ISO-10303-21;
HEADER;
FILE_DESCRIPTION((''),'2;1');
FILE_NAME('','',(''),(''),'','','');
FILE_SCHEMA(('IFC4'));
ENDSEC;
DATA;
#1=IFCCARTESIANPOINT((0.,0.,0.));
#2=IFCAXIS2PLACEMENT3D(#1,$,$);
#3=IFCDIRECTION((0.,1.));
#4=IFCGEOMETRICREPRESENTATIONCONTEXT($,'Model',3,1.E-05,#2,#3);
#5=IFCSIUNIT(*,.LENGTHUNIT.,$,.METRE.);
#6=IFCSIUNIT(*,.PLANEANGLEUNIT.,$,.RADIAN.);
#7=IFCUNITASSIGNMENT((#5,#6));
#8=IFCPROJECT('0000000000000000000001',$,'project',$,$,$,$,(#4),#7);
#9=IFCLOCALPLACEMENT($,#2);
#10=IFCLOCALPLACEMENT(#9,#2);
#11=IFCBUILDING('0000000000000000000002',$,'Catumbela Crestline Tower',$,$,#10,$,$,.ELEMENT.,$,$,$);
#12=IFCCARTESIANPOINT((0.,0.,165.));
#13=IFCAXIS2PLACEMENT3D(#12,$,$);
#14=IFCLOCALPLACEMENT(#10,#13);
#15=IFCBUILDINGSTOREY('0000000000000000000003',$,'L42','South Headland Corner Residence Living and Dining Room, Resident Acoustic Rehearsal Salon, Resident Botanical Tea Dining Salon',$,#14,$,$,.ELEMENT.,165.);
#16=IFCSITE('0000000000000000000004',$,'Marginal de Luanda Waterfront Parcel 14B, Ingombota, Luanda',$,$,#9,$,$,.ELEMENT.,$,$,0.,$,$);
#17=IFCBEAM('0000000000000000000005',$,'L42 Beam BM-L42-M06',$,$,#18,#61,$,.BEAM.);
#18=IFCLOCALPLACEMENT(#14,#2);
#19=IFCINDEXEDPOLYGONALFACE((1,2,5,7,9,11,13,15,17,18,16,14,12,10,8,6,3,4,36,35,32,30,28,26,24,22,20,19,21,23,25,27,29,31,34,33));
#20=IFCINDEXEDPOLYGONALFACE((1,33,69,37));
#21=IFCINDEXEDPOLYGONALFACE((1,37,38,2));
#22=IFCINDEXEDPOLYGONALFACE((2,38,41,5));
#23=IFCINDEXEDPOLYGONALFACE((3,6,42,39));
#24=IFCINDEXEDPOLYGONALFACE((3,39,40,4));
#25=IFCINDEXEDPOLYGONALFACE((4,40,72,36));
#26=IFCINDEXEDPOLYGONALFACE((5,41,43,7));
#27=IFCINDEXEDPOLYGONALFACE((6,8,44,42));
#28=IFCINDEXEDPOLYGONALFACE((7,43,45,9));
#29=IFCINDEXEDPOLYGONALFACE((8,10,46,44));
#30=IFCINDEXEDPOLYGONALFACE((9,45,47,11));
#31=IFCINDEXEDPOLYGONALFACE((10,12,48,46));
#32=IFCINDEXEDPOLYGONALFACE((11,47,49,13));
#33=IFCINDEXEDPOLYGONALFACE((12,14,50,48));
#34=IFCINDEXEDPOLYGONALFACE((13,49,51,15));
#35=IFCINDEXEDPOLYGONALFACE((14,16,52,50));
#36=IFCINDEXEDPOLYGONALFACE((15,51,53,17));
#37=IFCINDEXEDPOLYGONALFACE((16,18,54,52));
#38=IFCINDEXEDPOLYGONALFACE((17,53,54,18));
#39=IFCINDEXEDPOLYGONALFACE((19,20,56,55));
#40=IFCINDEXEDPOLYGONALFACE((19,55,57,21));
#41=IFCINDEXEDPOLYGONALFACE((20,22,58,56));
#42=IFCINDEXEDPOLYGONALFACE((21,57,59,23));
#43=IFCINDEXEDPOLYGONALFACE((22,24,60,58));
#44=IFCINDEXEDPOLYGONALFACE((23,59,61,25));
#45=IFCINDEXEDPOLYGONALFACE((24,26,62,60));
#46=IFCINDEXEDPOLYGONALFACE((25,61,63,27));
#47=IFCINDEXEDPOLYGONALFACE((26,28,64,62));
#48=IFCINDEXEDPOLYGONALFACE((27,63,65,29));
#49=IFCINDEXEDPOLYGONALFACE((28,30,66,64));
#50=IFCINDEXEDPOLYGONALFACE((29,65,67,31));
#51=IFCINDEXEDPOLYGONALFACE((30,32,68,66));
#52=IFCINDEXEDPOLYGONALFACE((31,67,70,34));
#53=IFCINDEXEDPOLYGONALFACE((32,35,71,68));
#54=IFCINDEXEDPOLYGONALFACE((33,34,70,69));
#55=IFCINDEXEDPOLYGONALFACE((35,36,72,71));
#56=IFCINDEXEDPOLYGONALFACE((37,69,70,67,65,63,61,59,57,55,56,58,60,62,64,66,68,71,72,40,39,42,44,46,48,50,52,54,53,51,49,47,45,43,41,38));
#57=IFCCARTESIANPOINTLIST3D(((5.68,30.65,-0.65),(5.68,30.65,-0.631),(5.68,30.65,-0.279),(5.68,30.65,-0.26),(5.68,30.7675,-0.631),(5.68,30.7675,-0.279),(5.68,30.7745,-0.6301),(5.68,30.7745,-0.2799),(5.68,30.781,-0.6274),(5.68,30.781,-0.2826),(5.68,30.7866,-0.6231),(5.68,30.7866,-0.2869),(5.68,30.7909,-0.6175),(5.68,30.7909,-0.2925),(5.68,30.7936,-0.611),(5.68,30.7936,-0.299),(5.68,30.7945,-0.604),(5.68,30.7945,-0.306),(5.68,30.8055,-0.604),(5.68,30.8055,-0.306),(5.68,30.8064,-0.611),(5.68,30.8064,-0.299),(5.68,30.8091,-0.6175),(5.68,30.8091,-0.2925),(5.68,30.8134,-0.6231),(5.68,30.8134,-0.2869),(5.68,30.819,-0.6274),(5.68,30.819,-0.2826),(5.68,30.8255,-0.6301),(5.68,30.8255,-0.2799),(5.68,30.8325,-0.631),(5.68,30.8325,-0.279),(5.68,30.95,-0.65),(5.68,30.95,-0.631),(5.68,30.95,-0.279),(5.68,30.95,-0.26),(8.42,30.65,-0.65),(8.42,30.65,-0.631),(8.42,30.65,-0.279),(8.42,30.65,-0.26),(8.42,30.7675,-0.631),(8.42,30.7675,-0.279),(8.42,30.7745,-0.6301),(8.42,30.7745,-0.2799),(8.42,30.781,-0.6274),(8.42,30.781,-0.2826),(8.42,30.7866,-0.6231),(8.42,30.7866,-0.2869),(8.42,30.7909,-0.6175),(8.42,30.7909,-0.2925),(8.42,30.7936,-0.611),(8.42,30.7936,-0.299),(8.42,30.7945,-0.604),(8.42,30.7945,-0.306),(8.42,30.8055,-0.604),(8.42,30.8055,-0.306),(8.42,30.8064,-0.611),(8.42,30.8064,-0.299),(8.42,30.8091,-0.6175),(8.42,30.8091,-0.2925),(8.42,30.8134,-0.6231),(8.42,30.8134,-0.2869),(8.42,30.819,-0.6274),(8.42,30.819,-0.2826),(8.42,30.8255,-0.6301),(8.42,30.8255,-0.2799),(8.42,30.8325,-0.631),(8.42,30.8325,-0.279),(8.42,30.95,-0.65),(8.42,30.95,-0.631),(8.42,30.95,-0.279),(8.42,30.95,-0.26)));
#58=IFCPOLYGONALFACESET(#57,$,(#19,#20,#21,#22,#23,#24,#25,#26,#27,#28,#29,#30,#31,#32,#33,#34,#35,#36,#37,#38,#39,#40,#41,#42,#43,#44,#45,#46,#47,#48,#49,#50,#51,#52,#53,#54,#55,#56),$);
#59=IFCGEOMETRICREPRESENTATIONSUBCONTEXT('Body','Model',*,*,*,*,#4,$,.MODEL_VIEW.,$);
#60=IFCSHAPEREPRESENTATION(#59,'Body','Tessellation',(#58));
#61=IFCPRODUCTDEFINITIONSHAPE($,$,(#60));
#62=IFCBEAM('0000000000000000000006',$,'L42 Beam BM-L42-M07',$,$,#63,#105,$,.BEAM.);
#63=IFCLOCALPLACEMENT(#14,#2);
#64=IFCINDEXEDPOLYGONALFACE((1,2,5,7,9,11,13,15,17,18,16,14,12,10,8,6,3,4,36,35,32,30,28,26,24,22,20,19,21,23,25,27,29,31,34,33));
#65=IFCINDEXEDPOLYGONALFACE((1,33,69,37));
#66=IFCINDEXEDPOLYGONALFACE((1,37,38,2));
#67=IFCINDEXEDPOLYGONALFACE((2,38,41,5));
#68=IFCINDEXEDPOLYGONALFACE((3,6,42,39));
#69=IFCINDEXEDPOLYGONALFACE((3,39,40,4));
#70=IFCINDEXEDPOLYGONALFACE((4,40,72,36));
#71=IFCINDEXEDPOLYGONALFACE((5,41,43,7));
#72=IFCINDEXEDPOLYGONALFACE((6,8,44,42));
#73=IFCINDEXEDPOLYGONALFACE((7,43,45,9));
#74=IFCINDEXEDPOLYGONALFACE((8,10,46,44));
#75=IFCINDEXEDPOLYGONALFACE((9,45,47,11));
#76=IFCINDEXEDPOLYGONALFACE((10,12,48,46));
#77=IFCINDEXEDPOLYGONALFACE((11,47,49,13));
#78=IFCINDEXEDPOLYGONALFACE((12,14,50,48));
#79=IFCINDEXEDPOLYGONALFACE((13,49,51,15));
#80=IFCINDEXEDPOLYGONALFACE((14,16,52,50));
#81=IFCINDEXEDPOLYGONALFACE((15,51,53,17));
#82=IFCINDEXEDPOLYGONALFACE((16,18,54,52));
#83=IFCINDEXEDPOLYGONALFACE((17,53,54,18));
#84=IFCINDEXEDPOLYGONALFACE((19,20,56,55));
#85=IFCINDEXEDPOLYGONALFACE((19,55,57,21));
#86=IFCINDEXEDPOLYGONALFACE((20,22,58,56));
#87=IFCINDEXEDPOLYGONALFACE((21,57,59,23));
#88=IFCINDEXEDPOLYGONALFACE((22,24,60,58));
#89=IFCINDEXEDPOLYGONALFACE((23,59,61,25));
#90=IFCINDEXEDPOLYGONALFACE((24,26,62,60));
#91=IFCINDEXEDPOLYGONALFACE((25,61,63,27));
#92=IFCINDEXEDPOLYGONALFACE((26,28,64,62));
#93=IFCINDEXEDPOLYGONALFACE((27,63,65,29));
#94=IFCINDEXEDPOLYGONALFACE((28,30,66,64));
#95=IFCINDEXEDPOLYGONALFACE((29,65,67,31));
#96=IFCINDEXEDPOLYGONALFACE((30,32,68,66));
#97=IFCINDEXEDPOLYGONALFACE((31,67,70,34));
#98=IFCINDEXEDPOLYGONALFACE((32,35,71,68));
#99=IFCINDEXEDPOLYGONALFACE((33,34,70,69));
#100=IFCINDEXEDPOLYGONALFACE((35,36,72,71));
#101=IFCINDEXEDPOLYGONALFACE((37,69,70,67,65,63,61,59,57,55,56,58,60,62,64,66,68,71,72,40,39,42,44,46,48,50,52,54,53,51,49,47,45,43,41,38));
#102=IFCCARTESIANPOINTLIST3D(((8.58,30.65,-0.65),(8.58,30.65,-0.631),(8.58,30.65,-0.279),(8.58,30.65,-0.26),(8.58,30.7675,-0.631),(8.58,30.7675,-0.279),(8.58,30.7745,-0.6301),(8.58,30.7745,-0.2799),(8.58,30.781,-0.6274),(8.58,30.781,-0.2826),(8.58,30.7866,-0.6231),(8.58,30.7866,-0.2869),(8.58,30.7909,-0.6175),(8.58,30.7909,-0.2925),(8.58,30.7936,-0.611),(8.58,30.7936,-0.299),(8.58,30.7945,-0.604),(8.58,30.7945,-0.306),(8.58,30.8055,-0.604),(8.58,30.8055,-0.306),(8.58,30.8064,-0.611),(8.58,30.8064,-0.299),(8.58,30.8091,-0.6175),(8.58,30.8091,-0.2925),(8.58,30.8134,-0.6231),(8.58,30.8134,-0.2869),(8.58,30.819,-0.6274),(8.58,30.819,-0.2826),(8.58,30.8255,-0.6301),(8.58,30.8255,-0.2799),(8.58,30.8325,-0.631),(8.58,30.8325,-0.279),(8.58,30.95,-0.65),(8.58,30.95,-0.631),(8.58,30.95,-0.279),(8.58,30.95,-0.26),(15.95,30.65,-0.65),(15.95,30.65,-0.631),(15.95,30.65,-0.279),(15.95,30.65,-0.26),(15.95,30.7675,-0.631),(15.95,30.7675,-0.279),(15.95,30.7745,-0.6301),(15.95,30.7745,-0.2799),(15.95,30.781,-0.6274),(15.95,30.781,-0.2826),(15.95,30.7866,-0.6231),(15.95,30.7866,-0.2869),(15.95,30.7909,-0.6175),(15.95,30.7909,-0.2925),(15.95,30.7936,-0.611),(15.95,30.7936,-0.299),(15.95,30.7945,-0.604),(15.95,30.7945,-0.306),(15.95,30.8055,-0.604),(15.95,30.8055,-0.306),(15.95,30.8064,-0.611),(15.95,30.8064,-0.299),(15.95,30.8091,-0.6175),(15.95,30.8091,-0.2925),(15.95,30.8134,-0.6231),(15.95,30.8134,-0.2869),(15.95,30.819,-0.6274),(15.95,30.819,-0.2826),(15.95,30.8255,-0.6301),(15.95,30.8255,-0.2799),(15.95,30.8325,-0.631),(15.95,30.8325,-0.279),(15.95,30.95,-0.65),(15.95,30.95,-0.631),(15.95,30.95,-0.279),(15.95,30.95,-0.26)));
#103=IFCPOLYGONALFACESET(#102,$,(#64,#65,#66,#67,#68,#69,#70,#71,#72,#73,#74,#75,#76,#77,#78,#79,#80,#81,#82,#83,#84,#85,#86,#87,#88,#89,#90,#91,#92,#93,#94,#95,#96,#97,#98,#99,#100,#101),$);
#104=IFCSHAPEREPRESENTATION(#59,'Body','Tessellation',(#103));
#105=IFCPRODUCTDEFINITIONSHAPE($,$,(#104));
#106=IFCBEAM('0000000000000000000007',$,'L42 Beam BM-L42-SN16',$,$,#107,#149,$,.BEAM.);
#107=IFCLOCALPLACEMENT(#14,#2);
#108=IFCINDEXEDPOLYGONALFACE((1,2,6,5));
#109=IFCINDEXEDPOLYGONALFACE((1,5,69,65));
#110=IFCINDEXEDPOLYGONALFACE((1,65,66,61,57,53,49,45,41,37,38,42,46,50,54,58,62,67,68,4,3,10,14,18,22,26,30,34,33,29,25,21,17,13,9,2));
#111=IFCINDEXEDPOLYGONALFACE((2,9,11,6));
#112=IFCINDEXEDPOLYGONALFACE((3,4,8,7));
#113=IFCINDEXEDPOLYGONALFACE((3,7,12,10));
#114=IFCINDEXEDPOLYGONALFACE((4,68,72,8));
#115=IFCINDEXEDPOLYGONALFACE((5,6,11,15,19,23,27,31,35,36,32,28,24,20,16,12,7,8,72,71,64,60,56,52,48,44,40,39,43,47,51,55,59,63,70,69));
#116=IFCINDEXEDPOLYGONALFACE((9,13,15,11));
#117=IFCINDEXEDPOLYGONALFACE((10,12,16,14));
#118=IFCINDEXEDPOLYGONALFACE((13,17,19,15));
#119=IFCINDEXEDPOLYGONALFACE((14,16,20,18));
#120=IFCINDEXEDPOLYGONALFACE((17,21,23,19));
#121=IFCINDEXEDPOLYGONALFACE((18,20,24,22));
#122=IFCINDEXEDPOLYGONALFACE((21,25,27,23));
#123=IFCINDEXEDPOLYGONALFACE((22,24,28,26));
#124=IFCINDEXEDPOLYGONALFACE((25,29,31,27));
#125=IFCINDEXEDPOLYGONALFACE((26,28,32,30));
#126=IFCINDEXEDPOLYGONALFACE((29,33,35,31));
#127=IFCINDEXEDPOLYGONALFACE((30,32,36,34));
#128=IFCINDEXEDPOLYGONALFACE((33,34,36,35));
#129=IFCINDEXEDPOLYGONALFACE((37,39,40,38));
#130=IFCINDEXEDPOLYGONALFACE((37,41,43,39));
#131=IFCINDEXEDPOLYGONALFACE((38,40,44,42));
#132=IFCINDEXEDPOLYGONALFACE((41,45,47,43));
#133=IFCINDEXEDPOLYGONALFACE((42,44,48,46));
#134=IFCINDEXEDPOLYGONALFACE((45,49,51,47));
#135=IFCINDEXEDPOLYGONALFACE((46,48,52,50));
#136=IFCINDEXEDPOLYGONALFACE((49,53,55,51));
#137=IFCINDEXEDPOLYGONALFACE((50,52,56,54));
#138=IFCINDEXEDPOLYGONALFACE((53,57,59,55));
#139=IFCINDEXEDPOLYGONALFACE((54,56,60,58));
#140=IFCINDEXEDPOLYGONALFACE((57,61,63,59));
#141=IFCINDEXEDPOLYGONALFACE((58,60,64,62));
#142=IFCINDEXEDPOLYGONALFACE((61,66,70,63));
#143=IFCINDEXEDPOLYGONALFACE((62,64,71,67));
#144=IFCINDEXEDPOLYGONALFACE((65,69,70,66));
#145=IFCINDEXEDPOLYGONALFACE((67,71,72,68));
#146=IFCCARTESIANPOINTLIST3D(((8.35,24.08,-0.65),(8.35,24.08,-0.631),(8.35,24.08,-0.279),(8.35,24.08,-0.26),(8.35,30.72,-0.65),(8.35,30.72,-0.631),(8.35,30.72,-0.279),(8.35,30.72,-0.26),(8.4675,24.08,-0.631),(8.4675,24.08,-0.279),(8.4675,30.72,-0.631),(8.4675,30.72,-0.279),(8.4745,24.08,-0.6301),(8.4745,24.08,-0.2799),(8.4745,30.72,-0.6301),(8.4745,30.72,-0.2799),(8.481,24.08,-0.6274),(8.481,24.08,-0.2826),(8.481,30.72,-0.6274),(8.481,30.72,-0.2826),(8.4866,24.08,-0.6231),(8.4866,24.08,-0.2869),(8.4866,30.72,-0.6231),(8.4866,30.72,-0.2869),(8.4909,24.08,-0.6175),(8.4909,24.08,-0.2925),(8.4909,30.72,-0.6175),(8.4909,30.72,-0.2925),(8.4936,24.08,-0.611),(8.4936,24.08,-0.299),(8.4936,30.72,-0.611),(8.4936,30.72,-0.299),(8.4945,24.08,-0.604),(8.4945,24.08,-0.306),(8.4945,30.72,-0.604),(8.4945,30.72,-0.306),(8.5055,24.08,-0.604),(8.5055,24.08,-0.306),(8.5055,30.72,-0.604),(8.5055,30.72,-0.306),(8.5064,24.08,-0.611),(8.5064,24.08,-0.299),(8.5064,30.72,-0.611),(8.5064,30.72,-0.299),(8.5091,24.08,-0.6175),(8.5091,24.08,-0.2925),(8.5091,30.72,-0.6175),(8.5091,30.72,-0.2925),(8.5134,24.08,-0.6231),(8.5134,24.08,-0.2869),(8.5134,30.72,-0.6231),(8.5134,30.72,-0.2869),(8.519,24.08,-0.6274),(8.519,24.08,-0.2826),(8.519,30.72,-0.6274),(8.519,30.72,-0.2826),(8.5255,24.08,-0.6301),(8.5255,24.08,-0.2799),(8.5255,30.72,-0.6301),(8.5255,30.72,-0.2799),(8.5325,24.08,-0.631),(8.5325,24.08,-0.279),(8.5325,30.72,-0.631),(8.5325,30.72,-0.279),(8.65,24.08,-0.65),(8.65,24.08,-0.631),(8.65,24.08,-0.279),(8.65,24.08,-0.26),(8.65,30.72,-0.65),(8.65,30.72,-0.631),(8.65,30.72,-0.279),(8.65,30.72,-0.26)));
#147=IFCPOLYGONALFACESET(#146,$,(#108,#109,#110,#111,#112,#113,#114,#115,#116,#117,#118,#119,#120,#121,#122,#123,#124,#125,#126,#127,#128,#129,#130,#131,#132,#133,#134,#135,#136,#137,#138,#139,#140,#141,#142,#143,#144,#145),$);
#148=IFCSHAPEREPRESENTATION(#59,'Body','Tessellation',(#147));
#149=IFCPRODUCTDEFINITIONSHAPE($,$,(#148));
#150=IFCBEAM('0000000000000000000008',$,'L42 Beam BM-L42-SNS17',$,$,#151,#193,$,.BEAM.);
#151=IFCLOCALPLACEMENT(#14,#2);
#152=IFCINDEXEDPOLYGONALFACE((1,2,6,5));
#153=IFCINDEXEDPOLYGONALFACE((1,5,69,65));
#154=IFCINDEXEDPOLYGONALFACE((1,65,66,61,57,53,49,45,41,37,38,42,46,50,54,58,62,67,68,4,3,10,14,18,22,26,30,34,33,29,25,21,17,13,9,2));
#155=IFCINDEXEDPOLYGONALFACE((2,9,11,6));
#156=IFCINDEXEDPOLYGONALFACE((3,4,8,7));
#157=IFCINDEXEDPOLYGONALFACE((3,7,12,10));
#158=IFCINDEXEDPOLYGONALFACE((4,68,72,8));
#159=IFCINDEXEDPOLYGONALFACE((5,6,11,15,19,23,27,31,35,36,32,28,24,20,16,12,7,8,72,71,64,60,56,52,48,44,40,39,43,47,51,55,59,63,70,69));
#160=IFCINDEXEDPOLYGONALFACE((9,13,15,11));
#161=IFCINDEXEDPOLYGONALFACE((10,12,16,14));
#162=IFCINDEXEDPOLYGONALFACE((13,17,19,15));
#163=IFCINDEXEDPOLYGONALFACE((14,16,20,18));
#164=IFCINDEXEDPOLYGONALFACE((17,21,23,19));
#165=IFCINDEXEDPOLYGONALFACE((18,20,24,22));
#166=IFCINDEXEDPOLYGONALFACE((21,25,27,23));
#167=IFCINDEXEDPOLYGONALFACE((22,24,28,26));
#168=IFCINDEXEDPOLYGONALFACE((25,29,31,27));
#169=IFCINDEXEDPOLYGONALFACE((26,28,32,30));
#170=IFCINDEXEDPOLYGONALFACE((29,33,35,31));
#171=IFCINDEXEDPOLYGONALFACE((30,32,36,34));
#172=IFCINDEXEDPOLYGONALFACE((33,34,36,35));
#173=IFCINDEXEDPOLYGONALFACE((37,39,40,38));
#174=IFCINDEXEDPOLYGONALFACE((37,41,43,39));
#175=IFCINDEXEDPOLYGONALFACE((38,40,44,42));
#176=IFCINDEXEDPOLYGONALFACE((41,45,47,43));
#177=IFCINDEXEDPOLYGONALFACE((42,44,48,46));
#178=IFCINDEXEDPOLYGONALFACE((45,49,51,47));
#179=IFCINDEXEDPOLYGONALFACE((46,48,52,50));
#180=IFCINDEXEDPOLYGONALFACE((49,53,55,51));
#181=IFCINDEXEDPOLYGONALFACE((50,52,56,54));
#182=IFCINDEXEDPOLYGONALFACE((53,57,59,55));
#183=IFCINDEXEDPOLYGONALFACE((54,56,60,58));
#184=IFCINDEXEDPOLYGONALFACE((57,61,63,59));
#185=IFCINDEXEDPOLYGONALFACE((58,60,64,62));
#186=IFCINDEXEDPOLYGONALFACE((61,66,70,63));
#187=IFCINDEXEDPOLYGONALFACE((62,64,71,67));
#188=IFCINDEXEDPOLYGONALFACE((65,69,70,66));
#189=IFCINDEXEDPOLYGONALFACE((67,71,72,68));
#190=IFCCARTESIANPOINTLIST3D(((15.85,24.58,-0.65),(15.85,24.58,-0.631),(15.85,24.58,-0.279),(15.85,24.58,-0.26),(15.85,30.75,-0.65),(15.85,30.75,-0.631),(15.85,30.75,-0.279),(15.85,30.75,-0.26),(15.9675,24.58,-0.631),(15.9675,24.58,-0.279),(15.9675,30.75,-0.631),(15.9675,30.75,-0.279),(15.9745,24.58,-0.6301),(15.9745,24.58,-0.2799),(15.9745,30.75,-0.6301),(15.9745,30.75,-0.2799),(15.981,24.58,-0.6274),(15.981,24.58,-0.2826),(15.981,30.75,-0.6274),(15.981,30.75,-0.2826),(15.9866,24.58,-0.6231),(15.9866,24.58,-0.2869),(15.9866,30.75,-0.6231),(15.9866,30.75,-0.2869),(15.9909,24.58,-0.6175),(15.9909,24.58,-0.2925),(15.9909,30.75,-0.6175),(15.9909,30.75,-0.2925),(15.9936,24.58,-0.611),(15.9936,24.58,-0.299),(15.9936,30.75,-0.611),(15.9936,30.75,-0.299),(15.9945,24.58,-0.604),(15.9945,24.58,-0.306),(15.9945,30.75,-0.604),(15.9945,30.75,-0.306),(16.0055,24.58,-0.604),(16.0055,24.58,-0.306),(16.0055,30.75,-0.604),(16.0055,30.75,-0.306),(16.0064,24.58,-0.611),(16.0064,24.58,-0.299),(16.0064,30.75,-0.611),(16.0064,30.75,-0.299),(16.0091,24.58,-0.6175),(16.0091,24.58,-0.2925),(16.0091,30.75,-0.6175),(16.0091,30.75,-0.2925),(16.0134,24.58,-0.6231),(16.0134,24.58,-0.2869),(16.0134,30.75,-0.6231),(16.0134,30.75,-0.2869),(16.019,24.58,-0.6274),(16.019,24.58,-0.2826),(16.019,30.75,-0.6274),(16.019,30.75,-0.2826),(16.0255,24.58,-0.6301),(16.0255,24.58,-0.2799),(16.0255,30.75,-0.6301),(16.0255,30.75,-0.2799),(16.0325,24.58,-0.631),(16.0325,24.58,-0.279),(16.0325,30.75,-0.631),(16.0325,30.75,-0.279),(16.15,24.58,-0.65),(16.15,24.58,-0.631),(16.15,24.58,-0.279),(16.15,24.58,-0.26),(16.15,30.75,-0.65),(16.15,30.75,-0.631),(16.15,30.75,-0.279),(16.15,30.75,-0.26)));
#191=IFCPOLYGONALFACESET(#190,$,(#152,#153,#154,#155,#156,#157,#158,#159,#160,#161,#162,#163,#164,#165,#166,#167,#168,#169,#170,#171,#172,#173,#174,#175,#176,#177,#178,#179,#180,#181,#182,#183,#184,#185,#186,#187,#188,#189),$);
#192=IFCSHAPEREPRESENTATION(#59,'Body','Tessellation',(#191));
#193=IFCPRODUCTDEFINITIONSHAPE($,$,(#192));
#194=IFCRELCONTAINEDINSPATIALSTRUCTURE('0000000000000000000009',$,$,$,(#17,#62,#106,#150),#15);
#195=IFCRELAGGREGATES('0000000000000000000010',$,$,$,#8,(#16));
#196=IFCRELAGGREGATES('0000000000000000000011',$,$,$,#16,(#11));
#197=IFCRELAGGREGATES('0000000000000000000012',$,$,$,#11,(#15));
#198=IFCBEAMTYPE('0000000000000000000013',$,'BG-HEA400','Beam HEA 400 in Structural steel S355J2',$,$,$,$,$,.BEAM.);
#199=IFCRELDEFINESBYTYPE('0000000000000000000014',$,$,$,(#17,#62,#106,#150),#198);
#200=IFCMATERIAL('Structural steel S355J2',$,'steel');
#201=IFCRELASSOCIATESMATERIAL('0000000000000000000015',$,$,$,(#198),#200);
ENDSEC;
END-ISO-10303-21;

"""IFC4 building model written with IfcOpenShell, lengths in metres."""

from ifc_helpers import new_model, si_unit, direction, frame, origin, origin_2d, place, context, subcontext, project, spatial, i_section, extrude, material, material_profile, profile_set, type_object, element, save


model = new_model("IFC4")

# Units and contexts
model_context = context("Model", 3, precision=1e-05, world=origin(), true_north=direction((0.0, 1.0)))
body_context = subcontext(model_context, "Body", "Model", "MODEL_VIEW")
ifc_project = project(units=[si_unit("LENGTHUNIT", "METRE"), si_unit("PLANEANGLEUNIT", "RADIAN")], contexts=[model_context])

# Site, building, storey
site_placement = place(None, origin())
site = spatial("IfcSite", under=ifc_project, at=site_placement, Name="Marginal de Luanda Waterfront Parcel 14B, Ingombota, Luanda", CompositionType="ELEMENT", RefElevation=0.0)
building_placement = place(site_placement, origin())
building = spatial("IfcBuilding", under=site, at=building_placement, Name="Catumbela Crestline Tower", CompositionType="ELEMENT")
storey_placement = place(building_placement, frame((0.0, 0.0, 165.0)))
storey = spatial("IfcBuildingStorey", under=building, at=storey_placement, Name="L42", Description="South Headland Corner Residence Living and Dining Room, Resident Acoustic Rehearsal Salon, Resident Botanical Tea Dining Salon", CompositionType="ELEMENT", Elevation=165.0)

# Beams
ifc_material_1 = material(Name="Structural steel S355J2", Category="steel")
ifc_material_profile_1 = material_profile(ifc_material_1, i_section(OverallWidth=0.3, OverallDepth=0.39, WebThickness=0.011, FlangeThickness=0.019, FilletRadius=0.027, at=origin_2d()), Name="HEA 400")
ifc_profile_set_1 = profile_set([ifc_material_profile_1], Name="Structural steel S355J2")
beam_type_1 = type_object("IfcBeamType", Name="BG-HEA400", Description="Beam HEA 400 in Structural steel S355J2", PredefinedType="BEAM", material=ifc_profile_set_1)
beam_1_placement = place(storey_placement, frame((5.68, 30.8, -0.455), z_axis=(1.0, 0.0, 0.0), x_axis=(0.0, 1.0, 0.0)))
element("IfcBeam", 1, at=beam_1_placement, inside=storey, type_object=beam_type_1, Name="L42 Beam BM-L42-M06", PredefinedType="BEAM", context=body_context, shape_type="SweptSolid", body=[
    extrude(i_section(OverallWidth=0.3, OverallDepth=0.39, WebThickness=0.011, FlangeThickness=0.019, FilletRadius=0.027, at=origin_2d()), origin(), (0.0, 0.0, 1.0), 2.74),
])
beam_2_placement = place(storey_placement, frame((8.58, 30.8, -0.455), z_axis=(1.0, 0.0, 0.0), x_axis=(0.0, 1.0, 0.0)))
element("IfcBeam", 2, at=beam_2_placement, inside=storey, type_object=beam_type_1, Name="L42 Beam BM-L42-M07", PredefinedType="BEAM", context=body_context, shape_type="SweptSolid", body=[
    extrude(i_section(OverallWidth=0.3, OverallDepth=0.39, WebThickness=0.011, FlangeThickness=0.019, FilletRadius=0.027, at=origin_2d()), origin(), (0.0, 0.0, 1.0), 7.37),
])
beam_3_placement = place(storey_placement, frame((8.5, 24.08, -0.455), z_axis=(0.0, 1.0, 0.0), x_axis=(-1.0, 0.0, 0.0)))
element("IfcBeam", 3, at=beam_3_placement, inside=storey, type_object=beam_type_1, Name="L42 Beam BM-L42-SN16", PredefinedType="BEAM", context=body_context, shape_type="SweptSolid", body=[
    extrude(i_section(OverallWidth=0.3, OverallDepth=0.39, WebThickness=0.011, FlangeThickness=0.019, FilletRadius=0.027, at=origin_2d()), origin(), (0.0, 0.0, 1.0), 6.64),
])
beam_4_placement = place(storey_placement, frame((16.0, 24.58, -0.455), z_axis=(0.0, 1.0, 0.0), x_axis=(-1.0, 0.0, 0.0)))
element("IfcBeam", 4, at=beam_4_placement, inside=storey, type_object=beam_type_1, Name="L42 Beam BM-L42-SNS17", PredefinedType="BEAM", context=body_context, shape_type="SweptSolid", body=[
    extrude(i_section(OverallWidth=0.3, OverallDepth=0.39, WebThickness=0.011, FlangeThickness=0.019, FilletRadius=0.027, at=origin_2d()), origin(), (0.0, 0.0, 1.0), 6.17),
])

save(model, "model.ifc")
